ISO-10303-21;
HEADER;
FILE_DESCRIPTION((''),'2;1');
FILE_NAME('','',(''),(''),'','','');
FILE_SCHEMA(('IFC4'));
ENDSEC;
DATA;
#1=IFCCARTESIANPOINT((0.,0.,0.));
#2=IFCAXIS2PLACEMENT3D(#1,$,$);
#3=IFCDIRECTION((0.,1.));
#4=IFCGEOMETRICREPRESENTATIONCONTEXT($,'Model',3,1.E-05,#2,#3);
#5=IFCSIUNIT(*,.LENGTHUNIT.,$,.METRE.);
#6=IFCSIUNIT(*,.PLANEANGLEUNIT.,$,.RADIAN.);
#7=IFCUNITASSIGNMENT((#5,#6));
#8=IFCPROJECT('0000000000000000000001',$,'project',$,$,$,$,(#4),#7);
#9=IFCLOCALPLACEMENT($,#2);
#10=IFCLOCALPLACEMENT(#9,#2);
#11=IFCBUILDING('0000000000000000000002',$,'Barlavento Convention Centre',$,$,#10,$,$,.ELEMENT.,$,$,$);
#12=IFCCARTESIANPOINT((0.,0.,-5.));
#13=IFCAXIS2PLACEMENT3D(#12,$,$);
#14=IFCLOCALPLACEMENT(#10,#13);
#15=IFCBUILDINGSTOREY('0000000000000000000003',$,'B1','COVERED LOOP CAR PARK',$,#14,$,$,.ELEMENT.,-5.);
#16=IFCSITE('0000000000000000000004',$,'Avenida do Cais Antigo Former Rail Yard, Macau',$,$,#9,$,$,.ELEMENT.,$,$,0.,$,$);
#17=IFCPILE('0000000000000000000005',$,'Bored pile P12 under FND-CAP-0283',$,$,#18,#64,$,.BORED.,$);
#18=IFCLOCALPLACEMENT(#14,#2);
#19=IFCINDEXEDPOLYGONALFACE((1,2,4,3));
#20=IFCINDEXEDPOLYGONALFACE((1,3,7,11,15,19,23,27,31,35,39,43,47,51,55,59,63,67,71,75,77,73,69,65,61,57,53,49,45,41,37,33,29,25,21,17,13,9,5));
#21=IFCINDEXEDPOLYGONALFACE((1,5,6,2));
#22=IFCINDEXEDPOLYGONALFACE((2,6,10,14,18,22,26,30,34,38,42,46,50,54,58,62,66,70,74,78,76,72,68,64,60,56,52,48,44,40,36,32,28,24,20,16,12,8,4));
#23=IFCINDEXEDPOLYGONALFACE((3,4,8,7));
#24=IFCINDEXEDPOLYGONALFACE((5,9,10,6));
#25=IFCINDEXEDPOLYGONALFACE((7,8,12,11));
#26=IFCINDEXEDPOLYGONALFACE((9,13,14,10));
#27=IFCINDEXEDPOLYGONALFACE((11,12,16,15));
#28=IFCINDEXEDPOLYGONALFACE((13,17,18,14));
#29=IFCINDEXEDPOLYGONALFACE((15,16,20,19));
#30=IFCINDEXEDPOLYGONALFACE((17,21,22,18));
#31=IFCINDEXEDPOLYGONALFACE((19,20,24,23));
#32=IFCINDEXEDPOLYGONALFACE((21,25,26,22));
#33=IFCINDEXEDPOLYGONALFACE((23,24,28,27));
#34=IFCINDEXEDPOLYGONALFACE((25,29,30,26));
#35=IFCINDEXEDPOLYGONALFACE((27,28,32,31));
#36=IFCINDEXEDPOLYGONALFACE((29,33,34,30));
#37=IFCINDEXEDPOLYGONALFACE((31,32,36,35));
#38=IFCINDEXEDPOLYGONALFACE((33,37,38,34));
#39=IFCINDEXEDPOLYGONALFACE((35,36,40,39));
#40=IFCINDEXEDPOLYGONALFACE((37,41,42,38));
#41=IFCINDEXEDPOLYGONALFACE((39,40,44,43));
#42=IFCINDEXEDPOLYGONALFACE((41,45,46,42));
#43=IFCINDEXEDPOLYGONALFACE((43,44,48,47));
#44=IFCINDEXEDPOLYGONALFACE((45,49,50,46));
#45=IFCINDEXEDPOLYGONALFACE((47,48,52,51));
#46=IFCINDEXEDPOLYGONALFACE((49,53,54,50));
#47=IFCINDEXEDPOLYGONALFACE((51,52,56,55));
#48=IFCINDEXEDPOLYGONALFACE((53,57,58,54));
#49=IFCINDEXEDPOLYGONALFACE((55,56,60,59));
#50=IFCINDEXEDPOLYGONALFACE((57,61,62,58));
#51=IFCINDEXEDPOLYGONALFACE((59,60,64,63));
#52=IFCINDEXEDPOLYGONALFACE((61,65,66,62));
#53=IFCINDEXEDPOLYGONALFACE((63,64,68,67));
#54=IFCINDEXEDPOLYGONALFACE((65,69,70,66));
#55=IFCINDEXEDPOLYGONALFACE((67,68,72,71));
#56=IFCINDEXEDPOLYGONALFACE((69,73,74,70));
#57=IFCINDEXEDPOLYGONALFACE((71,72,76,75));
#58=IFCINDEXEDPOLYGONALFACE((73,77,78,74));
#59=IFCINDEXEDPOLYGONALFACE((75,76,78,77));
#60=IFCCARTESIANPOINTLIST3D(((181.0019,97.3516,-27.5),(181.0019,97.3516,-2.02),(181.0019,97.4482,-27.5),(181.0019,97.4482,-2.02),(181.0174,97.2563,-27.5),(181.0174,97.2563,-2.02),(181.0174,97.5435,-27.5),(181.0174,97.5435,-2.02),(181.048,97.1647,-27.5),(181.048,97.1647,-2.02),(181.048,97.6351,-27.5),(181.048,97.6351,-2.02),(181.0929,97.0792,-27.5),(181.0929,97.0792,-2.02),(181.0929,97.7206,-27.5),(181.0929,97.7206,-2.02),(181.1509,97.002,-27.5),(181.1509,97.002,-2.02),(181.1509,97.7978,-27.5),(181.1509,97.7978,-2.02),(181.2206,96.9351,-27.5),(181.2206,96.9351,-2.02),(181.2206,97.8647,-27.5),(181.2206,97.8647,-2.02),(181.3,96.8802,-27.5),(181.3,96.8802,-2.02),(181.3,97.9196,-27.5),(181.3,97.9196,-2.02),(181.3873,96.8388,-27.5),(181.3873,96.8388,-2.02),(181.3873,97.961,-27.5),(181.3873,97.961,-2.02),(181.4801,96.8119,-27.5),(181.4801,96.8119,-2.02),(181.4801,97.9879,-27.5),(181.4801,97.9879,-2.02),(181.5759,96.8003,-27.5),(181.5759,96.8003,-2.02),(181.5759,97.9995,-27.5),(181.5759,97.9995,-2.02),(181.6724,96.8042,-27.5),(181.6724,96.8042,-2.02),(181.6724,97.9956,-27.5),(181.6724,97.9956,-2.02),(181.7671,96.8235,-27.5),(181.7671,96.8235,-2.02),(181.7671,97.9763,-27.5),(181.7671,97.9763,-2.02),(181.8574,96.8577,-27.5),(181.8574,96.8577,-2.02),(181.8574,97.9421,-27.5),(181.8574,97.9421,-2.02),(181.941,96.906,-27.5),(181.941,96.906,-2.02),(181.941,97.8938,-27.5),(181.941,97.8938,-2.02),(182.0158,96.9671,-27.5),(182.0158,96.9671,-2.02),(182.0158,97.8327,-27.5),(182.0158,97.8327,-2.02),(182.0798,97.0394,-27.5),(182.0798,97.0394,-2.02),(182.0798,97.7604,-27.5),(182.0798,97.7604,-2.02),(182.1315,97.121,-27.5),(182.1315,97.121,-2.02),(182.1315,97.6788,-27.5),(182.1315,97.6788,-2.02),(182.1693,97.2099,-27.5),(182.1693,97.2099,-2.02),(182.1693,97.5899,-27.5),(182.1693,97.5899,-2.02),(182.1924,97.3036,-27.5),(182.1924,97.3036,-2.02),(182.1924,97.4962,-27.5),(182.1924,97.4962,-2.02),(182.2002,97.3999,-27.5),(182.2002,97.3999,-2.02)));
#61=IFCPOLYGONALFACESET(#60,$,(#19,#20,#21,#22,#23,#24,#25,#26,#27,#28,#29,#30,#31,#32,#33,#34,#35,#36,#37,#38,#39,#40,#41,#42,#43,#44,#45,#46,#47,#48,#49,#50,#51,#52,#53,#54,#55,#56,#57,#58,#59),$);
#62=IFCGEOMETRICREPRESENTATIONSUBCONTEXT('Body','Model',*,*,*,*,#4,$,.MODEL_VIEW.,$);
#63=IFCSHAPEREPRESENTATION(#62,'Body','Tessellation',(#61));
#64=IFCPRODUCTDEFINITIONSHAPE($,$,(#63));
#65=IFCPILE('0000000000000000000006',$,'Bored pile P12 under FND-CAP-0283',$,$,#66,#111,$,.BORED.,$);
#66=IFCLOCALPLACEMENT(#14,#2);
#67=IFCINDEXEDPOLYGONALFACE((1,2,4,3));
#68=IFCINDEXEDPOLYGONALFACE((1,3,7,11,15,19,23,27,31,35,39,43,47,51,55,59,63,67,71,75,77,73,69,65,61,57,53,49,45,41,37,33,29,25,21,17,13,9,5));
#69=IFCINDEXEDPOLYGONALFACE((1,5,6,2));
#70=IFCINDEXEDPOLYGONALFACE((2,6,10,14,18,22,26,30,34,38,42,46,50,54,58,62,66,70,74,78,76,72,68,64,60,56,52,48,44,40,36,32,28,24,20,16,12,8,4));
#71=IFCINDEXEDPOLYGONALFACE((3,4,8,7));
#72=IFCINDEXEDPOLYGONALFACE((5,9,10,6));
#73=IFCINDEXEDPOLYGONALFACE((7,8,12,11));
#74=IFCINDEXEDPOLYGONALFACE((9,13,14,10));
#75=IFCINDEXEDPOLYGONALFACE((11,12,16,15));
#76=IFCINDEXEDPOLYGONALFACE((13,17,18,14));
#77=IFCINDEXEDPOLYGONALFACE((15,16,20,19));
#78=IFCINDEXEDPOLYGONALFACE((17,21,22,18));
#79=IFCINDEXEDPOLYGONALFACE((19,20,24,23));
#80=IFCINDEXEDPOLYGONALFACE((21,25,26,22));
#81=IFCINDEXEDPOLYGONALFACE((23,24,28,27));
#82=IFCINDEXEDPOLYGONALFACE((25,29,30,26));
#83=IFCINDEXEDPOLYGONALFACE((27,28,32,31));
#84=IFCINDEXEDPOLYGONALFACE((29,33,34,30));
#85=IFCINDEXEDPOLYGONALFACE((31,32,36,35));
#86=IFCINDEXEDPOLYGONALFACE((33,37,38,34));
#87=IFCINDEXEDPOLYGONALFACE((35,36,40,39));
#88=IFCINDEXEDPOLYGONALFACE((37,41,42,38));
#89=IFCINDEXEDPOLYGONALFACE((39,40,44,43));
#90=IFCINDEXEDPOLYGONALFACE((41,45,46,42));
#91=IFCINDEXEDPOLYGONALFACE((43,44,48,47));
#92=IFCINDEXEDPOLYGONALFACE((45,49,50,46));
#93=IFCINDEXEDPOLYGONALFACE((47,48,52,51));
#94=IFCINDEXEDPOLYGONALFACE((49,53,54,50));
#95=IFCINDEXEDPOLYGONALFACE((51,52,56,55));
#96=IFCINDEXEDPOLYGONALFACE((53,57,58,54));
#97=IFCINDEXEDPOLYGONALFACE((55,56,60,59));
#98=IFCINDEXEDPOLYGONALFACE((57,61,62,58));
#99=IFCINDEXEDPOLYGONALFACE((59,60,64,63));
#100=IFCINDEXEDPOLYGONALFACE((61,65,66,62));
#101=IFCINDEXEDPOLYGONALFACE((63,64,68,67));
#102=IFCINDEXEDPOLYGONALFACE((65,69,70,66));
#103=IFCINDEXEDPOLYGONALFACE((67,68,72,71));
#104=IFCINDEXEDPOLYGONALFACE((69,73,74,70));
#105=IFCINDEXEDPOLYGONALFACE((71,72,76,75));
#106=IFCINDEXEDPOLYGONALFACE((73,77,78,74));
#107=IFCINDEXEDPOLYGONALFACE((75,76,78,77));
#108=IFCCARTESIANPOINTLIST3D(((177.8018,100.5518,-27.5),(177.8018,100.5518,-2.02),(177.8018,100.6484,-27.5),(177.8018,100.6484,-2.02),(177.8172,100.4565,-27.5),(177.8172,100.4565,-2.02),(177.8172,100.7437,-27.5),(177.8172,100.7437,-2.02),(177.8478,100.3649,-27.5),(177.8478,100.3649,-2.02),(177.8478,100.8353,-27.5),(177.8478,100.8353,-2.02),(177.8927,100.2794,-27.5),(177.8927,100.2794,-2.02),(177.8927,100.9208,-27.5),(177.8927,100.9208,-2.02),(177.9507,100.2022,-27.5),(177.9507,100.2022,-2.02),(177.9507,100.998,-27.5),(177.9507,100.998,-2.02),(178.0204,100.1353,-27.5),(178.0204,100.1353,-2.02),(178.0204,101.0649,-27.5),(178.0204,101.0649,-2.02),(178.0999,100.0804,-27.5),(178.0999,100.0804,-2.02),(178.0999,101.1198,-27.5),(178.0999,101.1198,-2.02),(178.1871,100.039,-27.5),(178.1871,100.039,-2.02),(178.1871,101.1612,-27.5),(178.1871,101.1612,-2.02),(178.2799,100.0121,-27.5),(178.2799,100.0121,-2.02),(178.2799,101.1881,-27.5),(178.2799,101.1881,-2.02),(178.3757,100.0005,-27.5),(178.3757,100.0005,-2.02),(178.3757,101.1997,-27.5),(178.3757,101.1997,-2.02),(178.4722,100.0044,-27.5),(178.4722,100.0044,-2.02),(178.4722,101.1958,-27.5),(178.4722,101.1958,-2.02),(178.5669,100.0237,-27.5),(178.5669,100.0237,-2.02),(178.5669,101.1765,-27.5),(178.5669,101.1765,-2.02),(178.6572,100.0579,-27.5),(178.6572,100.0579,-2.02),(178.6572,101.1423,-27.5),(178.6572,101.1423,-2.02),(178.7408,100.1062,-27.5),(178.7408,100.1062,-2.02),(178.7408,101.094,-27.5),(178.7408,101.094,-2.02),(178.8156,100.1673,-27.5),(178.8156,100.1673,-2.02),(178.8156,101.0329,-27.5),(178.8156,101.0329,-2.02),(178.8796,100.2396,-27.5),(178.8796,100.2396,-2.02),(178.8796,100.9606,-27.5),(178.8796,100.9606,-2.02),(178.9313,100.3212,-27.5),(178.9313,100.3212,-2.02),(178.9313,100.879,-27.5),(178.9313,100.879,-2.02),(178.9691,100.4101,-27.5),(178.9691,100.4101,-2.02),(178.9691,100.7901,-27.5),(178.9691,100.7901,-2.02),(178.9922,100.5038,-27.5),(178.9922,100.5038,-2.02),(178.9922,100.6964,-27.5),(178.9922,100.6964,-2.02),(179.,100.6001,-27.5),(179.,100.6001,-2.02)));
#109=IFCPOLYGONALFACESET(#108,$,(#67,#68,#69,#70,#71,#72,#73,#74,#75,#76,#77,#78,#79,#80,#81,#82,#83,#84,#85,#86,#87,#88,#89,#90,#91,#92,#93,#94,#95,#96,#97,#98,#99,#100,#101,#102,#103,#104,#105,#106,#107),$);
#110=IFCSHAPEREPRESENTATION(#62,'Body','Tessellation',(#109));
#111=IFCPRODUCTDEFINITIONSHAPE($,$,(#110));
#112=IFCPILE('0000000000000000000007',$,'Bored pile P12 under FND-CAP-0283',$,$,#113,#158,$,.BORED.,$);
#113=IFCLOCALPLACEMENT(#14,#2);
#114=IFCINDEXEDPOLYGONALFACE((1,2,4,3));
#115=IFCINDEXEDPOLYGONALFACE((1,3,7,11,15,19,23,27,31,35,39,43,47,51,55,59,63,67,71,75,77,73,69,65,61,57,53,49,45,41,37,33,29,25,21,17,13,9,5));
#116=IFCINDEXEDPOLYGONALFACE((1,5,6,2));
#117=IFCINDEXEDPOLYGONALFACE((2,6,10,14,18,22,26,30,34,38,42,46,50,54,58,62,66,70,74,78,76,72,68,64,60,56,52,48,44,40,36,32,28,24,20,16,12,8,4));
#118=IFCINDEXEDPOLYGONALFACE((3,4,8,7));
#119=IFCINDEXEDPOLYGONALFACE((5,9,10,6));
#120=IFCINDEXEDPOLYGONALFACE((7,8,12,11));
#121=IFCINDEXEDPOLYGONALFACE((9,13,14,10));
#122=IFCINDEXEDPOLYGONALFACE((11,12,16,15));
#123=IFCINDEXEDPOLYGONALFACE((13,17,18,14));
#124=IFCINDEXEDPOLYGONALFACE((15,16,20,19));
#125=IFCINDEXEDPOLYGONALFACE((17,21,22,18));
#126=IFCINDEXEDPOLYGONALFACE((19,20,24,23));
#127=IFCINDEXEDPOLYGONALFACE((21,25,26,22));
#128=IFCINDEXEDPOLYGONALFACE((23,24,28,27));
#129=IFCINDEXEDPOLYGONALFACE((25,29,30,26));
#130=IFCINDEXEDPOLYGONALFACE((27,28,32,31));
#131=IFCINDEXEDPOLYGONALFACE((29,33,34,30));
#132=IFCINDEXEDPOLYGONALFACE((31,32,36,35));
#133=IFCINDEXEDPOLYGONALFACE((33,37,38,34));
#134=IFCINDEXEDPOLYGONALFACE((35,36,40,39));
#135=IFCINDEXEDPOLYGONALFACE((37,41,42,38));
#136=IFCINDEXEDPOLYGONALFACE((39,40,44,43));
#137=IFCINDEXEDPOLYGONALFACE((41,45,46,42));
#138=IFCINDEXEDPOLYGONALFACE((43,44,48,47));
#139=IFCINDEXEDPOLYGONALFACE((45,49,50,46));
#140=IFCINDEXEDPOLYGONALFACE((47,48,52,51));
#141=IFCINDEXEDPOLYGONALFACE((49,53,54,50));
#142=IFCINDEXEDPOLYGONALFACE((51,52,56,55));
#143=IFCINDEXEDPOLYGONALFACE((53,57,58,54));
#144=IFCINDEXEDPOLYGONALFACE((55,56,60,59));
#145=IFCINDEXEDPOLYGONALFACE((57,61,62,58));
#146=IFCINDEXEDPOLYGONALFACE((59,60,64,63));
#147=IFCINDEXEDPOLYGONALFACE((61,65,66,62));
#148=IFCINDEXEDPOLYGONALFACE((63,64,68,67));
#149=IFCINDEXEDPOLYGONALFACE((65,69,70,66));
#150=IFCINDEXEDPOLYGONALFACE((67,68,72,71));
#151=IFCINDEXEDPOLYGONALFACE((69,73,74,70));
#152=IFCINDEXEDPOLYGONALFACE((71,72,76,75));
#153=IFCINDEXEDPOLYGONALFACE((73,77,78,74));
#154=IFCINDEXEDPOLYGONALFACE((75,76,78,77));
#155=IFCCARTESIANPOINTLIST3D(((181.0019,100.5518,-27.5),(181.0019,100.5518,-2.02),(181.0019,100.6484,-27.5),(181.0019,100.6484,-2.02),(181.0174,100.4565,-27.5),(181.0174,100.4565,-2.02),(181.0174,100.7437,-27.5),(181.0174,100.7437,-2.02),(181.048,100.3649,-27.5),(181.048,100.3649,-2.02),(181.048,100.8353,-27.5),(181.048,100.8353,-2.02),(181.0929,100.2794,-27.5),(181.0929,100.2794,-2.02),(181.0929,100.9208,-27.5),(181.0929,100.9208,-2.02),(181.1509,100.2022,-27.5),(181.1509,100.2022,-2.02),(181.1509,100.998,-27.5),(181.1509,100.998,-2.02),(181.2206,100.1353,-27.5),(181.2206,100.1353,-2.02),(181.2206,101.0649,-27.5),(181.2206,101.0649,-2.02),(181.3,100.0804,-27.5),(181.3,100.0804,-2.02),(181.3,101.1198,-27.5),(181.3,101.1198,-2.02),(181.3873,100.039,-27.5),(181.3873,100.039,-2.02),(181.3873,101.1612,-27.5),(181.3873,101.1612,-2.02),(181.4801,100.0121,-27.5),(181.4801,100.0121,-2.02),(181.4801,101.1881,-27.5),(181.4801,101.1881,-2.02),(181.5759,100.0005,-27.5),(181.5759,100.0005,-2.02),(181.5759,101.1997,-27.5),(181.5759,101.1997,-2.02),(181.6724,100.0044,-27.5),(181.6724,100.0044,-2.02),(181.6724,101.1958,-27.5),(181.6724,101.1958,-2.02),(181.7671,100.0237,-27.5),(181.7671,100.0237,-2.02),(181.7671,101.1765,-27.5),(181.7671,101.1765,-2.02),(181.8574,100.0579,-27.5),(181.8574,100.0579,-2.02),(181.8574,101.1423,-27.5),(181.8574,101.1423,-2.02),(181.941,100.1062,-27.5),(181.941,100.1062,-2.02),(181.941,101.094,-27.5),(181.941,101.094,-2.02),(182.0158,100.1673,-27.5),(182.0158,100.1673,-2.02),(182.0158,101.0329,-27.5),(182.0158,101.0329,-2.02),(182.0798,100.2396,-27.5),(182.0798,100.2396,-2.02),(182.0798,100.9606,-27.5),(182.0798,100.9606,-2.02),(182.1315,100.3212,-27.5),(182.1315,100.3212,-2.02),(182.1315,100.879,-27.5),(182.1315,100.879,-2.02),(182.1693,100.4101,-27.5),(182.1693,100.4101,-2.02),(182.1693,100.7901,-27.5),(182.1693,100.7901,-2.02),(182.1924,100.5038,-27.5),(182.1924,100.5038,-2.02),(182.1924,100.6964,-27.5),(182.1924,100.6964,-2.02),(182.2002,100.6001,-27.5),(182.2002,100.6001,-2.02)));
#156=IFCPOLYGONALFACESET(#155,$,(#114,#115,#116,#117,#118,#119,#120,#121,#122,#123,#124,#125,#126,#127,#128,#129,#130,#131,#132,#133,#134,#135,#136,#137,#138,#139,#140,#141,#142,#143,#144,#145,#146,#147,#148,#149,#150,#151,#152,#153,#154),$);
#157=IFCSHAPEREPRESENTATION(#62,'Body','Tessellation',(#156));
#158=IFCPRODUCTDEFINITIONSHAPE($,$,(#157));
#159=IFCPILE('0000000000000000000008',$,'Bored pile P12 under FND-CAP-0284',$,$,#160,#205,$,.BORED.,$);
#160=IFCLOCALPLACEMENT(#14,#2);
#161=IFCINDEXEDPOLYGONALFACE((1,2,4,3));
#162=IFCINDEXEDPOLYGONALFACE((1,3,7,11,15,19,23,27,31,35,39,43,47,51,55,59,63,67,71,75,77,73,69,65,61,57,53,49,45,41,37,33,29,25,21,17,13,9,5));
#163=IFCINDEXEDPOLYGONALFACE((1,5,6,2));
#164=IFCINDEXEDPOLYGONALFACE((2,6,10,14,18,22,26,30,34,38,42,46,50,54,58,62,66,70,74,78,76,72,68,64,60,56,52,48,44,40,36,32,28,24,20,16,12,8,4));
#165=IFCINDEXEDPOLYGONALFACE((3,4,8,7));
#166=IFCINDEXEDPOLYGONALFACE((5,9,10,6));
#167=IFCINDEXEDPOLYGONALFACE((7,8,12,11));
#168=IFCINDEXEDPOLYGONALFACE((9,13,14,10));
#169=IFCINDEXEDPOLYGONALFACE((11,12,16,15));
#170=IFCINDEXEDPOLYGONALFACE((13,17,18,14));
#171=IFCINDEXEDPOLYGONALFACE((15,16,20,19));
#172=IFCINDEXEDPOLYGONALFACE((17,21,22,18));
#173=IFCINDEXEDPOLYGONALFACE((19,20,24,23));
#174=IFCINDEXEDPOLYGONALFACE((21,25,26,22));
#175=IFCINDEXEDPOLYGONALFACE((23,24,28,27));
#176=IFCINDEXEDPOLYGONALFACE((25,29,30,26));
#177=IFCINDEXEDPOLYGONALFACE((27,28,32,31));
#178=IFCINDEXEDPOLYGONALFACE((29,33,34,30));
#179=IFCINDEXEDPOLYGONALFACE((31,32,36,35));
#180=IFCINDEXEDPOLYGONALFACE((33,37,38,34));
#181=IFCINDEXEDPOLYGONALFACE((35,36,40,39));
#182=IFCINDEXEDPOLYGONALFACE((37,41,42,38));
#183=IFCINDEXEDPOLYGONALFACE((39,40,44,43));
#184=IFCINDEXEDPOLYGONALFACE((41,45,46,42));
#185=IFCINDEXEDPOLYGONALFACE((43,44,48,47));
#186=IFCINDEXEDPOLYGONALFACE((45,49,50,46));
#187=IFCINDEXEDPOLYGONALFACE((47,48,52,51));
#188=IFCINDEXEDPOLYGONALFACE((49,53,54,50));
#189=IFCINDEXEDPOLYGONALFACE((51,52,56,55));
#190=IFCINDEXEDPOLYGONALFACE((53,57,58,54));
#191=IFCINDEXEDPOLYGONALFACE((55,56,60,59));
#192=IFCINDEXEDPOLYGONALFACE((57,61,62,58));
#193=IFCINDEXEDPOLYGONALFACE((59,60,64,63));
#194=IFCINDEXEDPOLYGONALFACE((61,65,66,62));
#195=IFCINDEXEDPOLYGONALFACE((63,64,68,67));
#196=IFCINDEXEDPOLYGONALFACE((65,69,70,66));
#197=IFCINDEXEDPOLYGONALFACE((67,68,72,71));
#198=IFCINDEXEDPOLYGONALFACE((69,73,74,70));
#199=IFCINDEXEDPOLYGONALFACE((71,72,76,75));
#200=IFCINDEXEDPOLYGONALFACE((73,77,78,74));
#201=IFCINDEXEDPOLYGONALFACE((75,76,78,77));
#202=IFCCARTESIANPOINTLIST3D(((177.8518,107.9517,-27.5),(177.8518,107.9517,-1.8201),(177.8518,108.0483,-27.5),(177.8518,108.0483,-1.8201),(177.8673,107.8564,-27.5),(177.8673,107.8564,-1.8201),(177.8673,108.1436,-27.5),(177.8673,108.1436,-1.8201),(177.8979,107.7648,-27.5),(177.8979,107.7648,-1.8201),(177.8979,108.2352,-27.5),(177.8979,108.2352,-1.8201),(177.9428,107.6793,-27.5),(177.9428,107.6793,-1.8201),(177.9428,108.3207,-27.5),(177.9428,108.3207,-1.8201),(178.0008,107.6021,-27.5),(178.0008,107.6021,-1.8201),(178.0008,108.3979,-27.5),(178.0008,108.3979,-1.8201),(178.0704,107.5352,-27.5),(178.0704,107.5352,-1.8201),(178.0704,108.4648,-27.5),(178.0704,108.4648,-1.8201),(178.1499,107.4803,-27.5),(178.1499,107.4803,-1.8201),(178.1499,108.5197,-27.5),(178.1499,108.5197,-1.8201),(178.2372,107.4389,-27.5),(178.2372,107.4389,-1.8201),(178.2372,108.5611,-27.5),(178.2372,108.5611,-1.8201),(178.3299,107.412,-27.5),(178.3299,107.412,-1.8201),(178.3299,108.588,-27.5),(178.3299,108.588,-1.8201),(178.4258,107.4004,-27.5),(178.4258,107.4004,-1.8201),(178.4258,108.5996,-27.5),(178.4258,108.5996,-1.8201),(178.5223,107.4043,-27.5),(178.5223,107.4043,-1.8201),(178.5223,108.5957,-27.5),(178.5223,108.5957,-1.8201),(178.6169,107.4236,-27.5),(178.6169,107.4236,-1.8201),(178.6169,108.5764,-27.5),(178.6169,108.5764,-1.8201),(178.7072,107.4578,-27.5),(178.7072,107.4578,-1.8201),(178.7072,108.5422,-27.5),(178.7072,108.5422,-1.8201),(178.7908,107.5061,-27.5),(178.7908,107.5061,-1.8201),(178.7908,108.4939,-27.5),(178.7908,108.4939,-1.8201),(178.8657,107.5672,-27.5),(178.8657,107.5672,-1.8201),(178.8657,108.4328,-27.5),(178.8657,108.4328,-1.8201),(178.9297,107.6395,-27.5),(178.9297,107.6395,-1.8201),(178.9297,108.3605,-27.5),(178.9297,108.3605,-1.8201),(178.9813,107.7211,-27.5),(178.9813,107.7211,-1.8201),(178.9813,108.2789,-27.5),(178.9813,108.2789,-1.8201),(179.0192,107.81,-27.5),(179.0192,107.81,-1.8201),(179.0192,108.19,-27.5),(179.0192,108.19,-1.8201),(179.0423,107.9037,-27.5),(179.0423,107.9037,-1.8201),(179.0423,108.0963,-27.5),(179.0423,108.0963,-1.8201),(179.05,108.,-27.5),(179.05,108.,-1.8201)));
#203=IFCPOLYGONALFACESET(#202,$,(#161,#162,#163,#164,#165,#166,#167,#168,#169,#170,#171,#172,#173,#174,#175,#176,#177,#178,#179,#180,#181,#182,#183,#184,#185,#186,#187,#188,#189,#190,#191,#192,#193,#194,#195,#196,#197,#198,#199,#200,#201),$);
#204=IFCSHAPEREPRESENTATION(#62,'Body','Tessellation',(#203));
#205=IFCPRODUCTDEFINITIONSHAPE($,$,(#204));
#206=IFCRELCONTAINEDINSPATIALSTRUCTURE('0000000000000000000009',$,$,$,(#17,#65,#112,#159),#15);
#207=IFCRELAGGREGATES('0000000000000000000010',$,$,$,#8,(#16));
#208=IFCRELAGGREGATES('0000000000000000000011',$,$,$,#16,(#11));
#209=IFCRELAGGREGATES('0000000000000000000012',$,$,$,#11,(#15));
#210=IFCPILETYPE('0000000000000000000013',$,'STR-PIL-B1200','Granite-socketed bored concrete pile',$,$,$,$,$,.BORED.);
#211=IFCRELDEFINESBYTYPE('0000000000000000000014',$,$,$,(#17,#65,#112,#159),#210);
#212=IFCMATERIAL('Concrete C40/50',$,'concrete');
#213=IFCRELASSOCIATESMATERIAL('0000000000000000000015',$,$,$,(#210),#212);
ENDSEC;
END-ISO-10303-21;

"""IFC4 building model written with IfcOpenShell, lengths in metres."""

from ifc_helpers import new_model, si_unit, direction, frame, origin, origin_2d, place, context, subcontext, project, spatial, circle, extrude, material, material_profile, profile_set, type_object, element, save


model = new_model("IFC4")

# Units and contexts
model_context = context("Model", 3, precision=1e-05, world=origin(), true_north=direction((0.0, 1.0)))
body_context = subcontext(model_context, "Body", "Model", "MODEL_VIEW")
ifc_project = project(units=[si_unit("LENGTHUNIT", "METRE"), si_unit("PLANEANGLEUNIT", "RADIAN")], contexts=[model_context])

# Site, building, storey
site_placement = place(None, origin())
site = spatial("IfcSite", under=ifc_project, at=site_placement, Name="Avenida do Cais Antigo Former Rail Yard, Macau", CompositionType="ELEMENT", RefElevation=0.0)
building_placement = place(site_placement, origin())
building = spatial("IfcBuilding", under=site, at=building_placement, Name="Barlavento Convention Centre", CompositionType="ELEMENT")
storey_placement = place(building_placement, frame((0.0, 0.0, -5.0)))
storey = spatial("IfcBuildingStorey", under=building, at=storey_placement, Name="B1", Description="COVERED LOOP CAR PARK", CompositionType="ELEMENT", Elevation=-5.0)

# Shared definitions
ifc_material_1 = material(Name="Concrete C40/50", Category="concrete")

# Piles
ifc_material_profile_1 = material_profile(ifc_material_1, circle(Radius=0.6001, at=origin_2d()), Name="BORED PILE 1200")
ifc_profile_set_1 = profile_set([ifc_material_profile_1], Name="Concrete C40/50")
pile_type_1 = type_object("IfcPileType", Name="STR-PIL-B1200", Description="Granite-socketed bored concrete pile", PredefinedType="BORED", material=ifc_profile_set_1)
for number, where, z_axis, x_axis, name in (
    (1, (181.6001, 97.3999, -2.02), (0.0, 0.0, -1.0), (1.0, 0.0, 0.0), "Bored pile P12 under FND-CAP-0283"),
    (2, (178.3999, 100.6001, -2.02), (0.0, 0.0, -1.0), (1.0, 0.0, 0.0), "Bored pile P12 under FND-CAP-0283"),
    (3, (181.6001, 100.6001, -2.02), (0.0, 0.0, -1.0), (1.0, 0.0, 0.0), "Bored pile P12 under FND-CAP-0283"),
):
    element("IfcPile", number, at=place(storey_placement, frame(where, z_axis=z_axis, x_axis=x_axis)), inside=storey, type_object=pile_type_1, Name=name, PredefinedType="BORED", context=body_context, shape_type="SweptSolid", body=[
        extrude(circle(Radius=0.6001, at=origin_2d()), origin(), (0.0, 0.0, 1.0), 25.48),
    ])
for number, where, z_axis, x_axis, name in (
    (4, (178.45, 108.0, -1.8201), (0.0, 0.0, -1.0), (1.0, 0.0, 0.0), "Bored pile P12 under FND-CAP-0284"),
):
    element("IfcPile", number, at=place(storey_placement, frame(where, z_axis=z_axis, x_axis=x_axis)), inside=storey, type_object=pile_type_1, Name=name, PredefinedType="BORED", context=body_context, shape_type="SweptSolid", body=[
        extrude(circle(Radius=0.6001, at=origin_2d()), origin(), (0.0, 0.0, 1.0), 25.6799),
    ])

save(model, "model.ifc")
